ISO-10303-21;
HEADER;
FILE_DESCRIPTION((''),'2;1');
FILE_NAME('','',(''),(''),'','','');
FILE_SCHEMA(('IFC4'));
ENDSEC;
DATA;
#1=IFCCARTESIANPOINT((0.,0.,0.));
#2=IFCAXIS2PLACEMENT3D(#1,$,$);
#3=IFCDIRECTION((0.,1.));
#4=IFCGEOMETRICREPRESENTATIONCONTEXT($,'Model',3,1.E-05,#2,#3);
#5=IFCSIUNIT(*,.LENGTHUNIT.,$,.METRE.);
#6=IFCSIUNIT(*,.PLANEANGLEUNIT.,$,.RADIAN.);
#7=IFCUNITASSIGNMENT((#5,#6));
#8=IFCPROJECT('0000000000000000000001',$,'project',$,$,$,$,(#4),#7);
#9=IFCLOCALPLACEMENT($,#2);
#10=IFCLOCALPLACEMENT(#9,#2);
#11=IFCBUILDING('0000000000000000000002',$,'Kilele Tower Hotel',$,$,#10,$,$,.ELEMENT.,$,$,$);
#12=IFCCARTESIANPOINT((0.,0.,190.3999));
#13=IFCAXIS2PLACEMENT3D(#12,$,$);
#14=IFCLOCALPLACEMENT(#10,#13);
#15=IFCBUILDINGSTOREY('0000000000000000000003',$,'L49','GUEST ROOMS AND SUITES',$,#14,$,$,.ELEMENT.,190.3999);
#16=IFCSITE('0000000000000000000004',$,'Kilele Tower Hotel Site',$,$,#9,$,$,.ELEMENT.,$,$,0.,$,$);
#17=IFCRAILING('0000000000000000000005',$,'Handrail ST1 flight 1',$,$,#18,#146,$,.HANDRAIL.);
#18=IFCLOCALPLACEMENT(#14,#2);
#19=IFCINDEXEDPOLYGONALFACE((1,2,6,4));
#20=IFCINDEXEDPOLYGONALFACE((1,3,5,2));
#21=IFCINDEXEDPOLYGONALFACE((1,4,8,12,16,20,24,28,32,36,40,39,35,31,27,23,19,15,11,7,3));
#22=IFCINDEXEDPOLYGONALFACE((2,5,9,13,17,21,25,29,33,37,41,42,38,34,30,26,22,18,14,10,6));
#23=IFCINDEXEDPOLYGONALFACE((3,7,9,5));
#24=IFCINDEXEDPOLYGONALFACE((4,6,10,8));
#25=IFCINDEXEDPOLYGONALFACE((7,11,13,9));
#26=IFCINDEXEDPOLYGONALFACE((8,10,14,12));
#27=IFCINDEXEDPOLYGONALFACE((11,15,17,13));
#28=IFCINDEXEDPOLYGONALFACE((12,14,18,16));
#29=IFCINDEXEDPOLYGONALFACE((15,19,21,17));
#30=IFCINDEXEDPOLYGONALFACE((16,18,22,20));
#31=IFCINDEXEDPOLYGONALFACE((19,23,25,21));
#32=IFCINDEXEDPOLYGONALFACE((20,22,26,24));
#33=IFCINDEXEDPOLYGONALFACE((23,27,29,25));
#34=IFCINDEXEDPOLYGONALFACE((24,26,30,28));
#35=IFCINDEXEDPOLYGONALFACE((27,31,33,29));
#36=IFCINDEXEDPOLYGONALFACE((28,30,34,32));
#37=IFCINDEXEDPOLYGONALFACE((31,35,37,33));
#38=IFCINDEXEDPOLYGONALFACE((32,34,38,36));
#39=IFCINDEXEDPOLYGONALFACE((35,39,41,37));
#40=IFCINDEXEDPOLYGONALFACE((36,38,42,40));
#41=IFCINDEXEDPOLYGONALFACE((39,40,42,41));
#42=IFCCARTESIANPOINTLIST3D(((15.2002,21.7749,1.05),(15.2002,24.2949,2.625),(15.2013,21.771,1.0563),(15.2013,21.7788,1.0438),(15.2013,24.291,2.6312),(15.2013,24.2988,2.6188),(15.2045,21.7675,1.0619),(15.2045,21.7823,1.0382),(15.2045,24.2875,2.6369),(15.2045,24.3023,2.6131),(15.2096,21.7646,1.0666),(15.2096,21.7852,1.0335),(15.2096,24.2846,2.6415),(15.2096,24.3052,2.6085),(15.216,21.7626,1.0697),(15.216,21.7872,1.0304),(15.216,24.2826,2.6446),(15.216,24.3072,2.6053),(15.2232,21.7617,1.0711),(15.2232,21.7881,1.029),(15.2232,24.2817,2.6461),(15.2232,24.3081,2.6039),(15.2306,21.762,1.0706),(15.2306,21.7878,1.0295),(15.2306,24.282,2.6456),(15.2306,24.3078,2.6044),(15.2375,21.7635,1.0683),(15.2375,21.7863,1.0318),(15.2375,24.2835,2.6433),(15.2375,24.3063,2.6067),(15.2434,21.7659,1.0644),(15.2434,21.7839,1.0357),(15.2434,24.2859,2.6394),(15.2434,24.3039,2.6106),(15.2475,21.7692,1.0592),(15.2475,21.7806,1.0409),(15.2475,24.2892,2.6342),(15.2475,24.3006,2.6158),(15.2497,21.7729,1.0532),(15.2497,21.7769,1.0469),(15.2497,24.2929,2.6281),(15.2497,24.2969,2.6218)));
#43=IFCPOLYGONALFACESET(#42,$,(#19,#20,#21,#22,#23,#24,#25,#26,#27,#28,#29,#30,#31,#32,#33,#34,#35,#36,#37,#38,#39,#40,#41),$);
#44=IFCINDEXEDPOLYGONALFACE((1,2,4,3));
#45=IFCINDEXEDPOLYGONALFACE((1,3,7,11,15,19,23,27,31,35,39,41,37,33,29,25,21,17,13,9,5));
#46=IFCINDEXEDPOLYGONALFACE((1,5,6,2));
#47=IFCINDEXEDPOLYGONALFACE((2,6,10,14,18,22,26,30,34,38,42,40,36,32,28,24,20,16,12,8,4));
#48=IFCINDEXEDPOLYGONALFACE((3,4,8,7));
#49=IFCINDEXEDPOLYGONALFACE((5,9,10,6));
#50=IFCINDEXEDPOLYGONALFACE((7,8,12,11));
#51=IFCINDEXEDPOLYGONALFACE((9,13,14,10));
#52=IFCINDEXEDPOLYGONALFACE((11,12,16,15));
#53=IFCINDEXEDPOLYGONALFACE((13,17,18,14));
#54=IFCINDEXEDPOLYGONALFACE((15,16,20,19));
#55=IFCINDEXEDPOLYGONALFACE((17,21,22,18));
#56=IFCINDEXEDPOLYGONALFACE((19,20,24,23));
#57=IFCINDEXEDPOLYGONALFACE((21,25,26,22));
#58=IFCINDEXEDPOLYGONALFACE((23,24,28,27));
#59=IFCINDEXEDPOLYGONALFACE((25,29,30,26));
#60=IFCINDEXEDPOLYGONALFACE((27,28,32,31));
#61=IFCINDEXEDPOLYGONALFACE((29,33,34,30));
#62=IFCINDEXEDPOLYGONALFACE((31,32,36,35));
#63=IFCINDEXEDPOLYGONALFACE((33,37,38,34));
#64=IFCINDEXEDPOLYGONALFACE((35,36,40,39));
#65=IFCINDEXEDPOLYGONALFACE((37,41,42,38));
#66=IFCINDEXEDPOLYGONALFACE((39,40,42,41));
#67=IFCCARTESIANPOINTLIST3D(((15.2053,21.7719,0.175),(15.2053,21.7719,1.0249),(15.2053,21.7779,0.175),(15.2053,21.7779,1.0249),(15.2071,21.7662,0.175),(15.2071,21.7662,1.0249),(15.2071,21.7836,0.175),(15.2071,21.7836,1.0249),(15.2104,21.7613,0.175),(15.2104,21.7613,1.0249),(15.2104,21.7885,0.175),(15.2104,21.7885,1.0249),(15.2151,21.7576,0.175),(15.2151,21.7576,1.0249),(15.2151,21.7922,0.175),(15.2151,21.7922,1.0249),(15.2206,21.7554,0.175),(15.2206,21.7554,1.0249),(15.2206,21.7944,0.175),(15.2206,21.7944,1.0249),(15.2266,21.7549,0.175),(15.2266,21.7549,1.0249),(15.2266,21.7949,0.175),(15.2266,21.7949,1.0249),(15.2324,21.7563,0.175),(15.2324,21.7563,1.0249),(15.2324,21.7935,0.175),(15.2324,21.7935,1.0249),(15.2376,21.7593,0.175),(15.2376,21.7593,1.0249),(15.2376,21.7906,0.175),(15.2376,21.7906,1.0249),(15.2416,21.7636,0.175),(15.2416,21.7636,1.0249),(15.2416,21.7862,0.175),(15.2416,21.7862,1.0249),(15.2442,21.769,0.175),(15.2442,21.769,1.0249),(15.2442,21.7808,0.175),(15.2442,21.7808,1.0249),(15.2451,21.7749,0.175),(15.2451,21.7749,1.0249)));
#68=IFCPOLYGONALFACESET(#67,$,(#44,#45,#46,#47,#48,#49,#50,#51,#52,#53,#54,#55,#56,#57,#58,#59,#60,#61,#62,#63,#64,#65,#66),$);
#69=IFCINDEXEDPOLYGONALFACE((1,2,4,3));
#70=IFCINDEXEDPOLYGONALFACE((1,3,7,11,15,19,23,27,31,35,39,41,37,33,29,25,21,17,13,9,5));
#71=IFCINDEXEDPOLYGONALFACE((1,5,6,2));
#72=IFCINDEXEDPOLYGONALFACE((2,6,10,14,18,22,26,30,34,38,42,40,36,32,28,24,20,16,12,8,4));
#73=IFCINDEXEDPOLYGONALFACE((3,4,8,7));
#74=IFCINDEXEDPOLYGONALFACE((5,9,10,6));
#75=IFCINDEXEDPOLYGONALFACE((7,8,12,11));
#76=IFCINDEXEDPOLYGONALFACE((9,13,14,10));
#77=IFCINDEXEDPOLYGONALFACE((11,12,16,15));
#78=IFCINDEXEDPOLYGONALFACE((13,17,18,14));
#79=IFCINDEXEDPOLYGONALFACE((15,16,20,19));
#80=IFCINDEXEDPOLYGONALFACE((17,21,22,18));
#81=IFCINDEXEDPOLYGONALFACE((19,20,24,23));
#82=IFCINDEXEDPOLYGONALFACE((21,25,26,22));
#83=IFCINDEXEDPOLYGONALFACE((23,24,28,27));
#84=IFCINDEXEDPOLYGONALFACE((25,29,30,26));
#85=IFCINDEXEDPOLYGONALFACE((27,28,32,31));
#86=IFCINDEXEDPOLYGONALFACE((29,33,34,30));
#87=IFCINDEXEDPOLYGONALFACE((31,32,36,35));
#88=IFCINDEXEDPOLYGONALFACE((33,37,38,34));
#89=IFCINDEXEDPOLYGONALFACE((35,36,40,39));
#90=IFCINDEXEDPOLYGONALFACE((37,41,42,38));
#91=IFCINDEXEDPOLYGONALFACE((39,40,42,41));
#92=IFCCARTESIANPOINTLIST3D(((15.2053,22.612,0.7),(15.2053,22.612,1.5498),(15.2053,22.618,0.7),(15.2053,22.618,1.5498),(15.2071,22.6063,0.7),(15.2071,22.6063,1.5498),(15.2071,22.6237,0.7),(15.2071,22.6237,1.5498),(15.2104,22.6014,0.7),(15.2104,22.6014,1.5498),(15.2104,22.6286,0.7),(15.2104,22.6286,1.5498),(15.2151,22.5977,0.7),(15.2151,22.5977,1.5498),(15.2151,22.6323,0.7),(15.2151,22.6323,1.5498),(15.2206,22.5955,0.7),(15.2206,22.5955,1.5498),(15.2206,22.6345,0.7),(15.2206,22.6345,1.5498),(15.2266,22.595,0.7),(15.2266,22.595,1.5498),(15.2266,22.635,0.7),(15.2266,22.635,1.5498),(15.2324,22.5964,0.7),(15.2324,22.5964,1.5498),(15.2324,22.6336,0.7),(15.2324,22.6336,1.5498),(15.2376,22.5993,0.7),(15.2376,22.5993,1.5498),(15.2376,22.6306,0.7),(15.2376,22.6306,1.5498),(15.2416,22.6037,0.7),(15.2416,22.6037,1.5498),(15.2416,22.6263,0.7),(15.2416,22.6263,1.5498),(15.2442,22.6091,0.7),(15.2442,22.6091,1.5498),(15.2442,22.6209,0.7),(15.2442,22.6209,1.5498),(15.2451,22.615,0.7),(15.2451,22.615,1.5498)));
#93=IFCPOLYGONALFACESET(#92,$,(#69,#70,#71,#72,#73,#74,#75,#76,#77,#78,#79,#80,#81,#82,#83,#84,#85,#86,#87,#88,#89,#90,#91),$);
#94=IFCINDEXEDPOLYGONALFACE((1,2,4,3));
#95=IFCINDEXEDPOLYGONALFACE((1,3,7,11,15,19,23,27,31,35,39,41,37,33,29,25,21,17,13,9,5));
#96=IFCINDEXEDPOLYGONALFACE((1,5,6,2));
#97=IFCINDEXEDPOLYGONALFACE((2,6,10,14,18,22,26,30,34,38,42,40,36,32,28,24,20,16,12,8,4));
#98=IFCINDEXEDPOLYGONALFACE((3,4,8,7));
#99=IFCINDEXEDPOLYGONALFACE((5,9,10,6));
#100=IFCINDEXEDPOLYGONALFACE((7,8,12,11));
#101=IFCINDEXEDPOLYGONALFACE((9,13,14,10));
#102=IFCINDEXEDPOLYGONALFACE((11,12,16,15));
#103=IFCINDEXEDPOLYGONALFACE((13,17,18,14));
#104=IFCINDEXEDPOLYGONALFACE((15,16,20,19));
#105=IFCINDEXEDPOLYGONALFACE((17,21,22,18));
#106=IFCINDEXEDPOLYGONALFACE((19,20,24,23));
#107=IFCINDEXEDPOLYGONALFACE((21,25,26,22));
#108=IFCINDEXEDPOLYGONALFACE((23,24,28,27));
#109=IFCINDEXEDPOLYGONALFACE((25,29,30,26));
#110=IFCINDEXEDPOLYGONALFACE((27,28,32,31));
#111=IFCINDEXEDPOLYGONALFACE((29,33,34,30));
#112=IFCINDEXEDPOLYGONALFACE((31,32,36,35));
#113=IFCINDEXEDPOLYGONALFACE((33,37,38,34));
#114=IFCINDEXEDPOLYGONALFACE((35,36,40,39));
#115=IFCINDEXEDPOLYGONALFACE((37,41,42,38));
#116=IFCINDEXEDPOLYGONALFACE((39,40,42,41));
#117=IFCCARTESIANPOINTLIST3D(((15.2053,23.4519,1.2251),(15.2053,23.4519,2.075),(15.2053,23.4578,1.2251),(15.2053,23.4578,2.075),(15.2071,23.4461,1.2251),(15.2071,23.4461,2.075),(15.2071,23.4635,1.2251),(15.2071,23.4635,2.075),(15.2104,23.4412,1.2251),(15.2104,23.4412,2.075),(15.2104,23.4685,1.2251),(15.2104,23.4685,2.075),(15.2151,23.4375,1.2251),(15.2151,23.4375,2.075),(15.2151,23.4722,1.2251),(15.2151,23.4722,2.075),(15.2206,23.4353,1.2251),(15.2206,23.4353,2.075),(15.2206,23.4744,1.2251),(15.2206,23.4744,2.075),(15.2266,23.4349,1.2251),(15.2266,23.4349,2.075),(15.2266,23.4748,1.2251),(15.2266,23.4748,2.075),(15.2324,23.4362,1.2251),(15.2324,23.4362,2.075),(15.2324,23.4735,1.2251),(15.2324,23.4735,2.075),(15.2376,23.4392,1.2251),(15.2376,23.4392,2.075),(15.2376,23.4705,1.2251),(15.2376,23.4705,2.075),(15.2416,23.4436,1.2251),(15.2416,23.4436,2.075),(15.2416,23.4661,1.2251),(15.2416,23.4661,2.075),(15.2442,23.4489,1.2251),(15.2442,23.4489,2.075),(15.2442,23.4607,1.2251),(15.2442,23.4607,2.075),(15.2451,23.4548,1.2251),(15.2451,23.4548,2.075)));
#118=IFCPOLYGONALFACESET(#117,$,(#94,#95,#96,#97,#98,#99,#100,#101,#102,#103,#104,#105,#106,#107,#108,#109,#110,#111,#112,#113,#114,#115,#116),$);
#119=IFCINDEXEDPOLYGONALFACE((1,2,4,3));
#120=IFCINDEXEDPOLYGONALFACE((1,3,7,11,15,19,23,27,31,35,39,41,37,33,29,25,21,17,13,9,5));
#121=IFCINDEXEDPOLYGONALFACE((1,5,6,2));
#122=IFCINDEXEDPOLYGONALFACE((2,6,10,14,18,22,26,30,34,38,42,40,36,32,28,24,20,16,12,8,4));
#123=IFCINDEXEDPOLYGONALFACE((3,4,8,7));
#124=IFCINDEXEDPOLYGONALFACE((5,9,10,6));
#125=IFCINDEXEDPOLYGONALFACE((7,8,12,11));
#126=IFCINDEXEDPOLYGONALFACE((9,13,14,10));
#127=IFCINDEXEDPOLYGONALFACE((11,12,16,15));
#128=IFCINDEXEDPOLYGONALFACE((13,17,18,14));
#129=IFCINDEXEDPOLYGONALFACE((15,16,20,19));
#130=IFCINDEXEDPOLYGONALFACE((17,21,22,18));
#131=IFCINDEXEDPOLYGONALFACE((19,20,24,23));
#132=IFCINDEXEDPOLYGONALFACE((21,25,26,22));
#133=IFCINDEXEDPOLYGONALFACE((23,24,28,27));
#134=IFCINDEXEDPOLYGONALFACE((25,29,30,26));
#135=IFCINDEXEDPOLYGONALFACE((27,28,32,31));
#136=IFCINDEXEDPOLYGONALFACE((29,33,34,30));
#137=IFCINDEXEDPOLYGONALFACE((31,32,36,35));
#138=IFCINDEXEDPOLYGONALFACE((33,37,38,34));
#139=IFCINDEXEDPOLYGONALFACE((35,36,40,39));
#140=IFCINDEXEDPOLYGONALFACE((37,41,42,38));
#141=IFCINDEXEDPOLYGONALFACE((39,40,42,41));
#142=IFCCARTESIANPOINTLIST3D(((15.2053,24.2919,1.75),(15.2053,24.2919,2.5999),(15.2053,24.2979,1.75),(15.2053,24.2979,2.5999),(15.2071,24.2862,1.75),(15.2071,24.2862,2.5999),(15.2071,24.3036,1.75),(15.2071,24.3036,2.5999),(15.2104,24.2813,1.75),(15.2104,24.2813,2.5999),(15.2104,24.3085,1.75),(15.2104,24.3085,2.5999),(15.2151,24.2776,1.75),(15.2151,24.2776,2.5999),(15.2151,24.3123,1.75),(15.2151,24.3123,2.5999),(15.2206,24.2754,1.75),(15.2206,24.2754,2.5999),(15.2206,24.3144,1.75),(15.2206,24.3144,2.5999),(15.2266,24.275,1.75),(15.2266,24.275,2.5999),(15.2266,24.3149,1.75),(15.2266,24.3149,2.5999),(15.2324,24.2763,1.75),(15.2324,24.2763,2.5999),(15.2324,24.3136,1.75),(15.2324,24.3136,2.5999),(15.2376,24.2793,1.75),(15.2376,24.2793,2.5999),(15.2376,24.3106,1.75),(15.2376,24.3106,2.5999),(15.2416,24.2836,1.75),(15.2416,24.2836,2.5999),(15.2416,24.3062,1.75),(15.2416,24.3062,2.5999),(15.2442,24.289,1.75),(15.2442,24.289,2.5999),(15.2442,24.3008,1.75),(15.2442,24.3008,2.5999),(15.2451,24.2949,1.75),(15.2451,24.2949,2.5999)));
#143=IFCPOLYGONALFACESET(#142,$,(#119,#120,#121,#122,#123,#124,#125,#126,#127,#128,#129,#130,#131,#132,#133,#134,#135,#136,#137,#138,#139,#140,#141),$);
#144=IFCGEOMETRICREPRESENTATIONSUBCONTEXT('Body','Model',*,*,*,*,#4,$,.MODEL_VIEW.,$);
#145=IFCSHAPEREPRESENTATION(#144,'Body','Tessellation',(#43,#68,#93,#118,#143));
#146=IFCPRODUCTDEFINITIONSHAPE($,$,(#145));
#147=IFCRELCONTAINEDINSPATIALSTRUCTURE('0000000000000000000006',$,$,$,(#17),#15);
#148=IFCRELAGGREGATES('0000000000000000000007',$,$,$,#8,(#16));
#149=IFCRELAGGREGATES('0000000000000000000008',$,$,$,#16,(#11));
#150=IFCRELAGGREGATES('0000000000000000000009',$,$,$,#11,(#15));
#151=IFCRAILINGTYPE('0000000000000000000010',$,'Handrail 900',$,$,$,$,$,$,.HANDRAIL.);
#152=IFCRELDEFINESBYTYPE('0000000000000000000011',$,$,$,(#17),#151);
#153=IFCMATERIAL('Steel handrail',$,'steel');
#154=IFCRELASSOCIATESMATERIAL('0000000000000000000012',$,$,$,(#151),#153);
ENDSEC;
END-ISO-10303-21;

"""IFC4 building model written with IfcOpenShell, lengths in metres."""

from ifc_helpers import new_model, si_unit, direction, frame, origin, origin_2d, place, context, subcontext, project, spatial, circle, extrude, material, type_object, element, save


model = new_model("IFC4")

# Units and contexts
model_context = context("Model", 3, precision=1e-05, world=origin(), true_north=direction((0.0, 1.0)))
body_context = subcontext(model_context, "Body", "Model", "MODEL_VIEW")
ifc_project = project(units=[si_unit("LENGTHUNIT", "METRE"), si_unit("PLANEANGLEUNIT", "RADIAN")], contexts=[model_context])

# Site, building, storey
site_placement = place(None, origin())
site = spatial("IfcSite", under=ifc_project, at=site_placement, Name="Kilele Tower Hotel Site", CompositionType="ELEMENT", RefElevation=0.0)
building_placement = place(site_placement, origin())
building = spatial("IfcBuilding", under=site, at=building_placement, Name="Kilele Tower Hotel", CompositionType="ELEMENT")
storey_placement = place(building_placement, frame((0.0, 0.0, 190.3999)))
storey = spatial("IfcBuildingStorey", under=building, at=storey_placement, Name="L49", Description="GUEST ROOMS AND SUITES", CompositionType="ELEMENT", Elevation=190.3999)

# Railing
ifc_material_1 = material(Name="Steel handrail", Category="steel")
railing_type_1 = type_object("IfcRailingType", Name="Handrail 900", PredefinedType="HANDRAIL", material=ifc_material_1)
for number, where, name in (
    (1, (15.2251, 21.7749, 0.175), "Handrail ST1 flight 1"),
):
    element("IfcRailing", number, at=place(storey_placement, frame(where)), inside=storey, type_object=railing_type_1, Name=name, PredefinedType="HANDRAIL", context=body_context, shape_type="SweptSolid", body=[
        extrude(circle(Radius=0.0249, at=origin_2d()), frame((0.0, 0.0, 0.875), z_axis=(0.0, 0.848008, 0.529984), x_axis=(-1.0, 0.0, 0.0)), (0.0, 0.0, 1.0), 2.9717),
        extrude(circle(Radius=0.02, at=origin_2d()), origin(), (0.0, 0.0, 1.0), 0.8499),
        extrude(circle(Radius=0.02, at=origin_2d()), frame((0.0, 0.8401, 0.5249)), (0.0, 0.0, 1.0), 0.8499),
        extrude(circle(Radius=0.02, at=origin_2d()), frame((0.0, 1.6799, 1.05)), (0.0, 0.0, 1.0), 0.8499),
        extrude(circle(Radius=0.02, at=origin_2d()), frame((0.0, 2.52, 1.575)), (0.0, 0.0, 1.0), 0.8499),
    ])

save(model, "model.ifc")
